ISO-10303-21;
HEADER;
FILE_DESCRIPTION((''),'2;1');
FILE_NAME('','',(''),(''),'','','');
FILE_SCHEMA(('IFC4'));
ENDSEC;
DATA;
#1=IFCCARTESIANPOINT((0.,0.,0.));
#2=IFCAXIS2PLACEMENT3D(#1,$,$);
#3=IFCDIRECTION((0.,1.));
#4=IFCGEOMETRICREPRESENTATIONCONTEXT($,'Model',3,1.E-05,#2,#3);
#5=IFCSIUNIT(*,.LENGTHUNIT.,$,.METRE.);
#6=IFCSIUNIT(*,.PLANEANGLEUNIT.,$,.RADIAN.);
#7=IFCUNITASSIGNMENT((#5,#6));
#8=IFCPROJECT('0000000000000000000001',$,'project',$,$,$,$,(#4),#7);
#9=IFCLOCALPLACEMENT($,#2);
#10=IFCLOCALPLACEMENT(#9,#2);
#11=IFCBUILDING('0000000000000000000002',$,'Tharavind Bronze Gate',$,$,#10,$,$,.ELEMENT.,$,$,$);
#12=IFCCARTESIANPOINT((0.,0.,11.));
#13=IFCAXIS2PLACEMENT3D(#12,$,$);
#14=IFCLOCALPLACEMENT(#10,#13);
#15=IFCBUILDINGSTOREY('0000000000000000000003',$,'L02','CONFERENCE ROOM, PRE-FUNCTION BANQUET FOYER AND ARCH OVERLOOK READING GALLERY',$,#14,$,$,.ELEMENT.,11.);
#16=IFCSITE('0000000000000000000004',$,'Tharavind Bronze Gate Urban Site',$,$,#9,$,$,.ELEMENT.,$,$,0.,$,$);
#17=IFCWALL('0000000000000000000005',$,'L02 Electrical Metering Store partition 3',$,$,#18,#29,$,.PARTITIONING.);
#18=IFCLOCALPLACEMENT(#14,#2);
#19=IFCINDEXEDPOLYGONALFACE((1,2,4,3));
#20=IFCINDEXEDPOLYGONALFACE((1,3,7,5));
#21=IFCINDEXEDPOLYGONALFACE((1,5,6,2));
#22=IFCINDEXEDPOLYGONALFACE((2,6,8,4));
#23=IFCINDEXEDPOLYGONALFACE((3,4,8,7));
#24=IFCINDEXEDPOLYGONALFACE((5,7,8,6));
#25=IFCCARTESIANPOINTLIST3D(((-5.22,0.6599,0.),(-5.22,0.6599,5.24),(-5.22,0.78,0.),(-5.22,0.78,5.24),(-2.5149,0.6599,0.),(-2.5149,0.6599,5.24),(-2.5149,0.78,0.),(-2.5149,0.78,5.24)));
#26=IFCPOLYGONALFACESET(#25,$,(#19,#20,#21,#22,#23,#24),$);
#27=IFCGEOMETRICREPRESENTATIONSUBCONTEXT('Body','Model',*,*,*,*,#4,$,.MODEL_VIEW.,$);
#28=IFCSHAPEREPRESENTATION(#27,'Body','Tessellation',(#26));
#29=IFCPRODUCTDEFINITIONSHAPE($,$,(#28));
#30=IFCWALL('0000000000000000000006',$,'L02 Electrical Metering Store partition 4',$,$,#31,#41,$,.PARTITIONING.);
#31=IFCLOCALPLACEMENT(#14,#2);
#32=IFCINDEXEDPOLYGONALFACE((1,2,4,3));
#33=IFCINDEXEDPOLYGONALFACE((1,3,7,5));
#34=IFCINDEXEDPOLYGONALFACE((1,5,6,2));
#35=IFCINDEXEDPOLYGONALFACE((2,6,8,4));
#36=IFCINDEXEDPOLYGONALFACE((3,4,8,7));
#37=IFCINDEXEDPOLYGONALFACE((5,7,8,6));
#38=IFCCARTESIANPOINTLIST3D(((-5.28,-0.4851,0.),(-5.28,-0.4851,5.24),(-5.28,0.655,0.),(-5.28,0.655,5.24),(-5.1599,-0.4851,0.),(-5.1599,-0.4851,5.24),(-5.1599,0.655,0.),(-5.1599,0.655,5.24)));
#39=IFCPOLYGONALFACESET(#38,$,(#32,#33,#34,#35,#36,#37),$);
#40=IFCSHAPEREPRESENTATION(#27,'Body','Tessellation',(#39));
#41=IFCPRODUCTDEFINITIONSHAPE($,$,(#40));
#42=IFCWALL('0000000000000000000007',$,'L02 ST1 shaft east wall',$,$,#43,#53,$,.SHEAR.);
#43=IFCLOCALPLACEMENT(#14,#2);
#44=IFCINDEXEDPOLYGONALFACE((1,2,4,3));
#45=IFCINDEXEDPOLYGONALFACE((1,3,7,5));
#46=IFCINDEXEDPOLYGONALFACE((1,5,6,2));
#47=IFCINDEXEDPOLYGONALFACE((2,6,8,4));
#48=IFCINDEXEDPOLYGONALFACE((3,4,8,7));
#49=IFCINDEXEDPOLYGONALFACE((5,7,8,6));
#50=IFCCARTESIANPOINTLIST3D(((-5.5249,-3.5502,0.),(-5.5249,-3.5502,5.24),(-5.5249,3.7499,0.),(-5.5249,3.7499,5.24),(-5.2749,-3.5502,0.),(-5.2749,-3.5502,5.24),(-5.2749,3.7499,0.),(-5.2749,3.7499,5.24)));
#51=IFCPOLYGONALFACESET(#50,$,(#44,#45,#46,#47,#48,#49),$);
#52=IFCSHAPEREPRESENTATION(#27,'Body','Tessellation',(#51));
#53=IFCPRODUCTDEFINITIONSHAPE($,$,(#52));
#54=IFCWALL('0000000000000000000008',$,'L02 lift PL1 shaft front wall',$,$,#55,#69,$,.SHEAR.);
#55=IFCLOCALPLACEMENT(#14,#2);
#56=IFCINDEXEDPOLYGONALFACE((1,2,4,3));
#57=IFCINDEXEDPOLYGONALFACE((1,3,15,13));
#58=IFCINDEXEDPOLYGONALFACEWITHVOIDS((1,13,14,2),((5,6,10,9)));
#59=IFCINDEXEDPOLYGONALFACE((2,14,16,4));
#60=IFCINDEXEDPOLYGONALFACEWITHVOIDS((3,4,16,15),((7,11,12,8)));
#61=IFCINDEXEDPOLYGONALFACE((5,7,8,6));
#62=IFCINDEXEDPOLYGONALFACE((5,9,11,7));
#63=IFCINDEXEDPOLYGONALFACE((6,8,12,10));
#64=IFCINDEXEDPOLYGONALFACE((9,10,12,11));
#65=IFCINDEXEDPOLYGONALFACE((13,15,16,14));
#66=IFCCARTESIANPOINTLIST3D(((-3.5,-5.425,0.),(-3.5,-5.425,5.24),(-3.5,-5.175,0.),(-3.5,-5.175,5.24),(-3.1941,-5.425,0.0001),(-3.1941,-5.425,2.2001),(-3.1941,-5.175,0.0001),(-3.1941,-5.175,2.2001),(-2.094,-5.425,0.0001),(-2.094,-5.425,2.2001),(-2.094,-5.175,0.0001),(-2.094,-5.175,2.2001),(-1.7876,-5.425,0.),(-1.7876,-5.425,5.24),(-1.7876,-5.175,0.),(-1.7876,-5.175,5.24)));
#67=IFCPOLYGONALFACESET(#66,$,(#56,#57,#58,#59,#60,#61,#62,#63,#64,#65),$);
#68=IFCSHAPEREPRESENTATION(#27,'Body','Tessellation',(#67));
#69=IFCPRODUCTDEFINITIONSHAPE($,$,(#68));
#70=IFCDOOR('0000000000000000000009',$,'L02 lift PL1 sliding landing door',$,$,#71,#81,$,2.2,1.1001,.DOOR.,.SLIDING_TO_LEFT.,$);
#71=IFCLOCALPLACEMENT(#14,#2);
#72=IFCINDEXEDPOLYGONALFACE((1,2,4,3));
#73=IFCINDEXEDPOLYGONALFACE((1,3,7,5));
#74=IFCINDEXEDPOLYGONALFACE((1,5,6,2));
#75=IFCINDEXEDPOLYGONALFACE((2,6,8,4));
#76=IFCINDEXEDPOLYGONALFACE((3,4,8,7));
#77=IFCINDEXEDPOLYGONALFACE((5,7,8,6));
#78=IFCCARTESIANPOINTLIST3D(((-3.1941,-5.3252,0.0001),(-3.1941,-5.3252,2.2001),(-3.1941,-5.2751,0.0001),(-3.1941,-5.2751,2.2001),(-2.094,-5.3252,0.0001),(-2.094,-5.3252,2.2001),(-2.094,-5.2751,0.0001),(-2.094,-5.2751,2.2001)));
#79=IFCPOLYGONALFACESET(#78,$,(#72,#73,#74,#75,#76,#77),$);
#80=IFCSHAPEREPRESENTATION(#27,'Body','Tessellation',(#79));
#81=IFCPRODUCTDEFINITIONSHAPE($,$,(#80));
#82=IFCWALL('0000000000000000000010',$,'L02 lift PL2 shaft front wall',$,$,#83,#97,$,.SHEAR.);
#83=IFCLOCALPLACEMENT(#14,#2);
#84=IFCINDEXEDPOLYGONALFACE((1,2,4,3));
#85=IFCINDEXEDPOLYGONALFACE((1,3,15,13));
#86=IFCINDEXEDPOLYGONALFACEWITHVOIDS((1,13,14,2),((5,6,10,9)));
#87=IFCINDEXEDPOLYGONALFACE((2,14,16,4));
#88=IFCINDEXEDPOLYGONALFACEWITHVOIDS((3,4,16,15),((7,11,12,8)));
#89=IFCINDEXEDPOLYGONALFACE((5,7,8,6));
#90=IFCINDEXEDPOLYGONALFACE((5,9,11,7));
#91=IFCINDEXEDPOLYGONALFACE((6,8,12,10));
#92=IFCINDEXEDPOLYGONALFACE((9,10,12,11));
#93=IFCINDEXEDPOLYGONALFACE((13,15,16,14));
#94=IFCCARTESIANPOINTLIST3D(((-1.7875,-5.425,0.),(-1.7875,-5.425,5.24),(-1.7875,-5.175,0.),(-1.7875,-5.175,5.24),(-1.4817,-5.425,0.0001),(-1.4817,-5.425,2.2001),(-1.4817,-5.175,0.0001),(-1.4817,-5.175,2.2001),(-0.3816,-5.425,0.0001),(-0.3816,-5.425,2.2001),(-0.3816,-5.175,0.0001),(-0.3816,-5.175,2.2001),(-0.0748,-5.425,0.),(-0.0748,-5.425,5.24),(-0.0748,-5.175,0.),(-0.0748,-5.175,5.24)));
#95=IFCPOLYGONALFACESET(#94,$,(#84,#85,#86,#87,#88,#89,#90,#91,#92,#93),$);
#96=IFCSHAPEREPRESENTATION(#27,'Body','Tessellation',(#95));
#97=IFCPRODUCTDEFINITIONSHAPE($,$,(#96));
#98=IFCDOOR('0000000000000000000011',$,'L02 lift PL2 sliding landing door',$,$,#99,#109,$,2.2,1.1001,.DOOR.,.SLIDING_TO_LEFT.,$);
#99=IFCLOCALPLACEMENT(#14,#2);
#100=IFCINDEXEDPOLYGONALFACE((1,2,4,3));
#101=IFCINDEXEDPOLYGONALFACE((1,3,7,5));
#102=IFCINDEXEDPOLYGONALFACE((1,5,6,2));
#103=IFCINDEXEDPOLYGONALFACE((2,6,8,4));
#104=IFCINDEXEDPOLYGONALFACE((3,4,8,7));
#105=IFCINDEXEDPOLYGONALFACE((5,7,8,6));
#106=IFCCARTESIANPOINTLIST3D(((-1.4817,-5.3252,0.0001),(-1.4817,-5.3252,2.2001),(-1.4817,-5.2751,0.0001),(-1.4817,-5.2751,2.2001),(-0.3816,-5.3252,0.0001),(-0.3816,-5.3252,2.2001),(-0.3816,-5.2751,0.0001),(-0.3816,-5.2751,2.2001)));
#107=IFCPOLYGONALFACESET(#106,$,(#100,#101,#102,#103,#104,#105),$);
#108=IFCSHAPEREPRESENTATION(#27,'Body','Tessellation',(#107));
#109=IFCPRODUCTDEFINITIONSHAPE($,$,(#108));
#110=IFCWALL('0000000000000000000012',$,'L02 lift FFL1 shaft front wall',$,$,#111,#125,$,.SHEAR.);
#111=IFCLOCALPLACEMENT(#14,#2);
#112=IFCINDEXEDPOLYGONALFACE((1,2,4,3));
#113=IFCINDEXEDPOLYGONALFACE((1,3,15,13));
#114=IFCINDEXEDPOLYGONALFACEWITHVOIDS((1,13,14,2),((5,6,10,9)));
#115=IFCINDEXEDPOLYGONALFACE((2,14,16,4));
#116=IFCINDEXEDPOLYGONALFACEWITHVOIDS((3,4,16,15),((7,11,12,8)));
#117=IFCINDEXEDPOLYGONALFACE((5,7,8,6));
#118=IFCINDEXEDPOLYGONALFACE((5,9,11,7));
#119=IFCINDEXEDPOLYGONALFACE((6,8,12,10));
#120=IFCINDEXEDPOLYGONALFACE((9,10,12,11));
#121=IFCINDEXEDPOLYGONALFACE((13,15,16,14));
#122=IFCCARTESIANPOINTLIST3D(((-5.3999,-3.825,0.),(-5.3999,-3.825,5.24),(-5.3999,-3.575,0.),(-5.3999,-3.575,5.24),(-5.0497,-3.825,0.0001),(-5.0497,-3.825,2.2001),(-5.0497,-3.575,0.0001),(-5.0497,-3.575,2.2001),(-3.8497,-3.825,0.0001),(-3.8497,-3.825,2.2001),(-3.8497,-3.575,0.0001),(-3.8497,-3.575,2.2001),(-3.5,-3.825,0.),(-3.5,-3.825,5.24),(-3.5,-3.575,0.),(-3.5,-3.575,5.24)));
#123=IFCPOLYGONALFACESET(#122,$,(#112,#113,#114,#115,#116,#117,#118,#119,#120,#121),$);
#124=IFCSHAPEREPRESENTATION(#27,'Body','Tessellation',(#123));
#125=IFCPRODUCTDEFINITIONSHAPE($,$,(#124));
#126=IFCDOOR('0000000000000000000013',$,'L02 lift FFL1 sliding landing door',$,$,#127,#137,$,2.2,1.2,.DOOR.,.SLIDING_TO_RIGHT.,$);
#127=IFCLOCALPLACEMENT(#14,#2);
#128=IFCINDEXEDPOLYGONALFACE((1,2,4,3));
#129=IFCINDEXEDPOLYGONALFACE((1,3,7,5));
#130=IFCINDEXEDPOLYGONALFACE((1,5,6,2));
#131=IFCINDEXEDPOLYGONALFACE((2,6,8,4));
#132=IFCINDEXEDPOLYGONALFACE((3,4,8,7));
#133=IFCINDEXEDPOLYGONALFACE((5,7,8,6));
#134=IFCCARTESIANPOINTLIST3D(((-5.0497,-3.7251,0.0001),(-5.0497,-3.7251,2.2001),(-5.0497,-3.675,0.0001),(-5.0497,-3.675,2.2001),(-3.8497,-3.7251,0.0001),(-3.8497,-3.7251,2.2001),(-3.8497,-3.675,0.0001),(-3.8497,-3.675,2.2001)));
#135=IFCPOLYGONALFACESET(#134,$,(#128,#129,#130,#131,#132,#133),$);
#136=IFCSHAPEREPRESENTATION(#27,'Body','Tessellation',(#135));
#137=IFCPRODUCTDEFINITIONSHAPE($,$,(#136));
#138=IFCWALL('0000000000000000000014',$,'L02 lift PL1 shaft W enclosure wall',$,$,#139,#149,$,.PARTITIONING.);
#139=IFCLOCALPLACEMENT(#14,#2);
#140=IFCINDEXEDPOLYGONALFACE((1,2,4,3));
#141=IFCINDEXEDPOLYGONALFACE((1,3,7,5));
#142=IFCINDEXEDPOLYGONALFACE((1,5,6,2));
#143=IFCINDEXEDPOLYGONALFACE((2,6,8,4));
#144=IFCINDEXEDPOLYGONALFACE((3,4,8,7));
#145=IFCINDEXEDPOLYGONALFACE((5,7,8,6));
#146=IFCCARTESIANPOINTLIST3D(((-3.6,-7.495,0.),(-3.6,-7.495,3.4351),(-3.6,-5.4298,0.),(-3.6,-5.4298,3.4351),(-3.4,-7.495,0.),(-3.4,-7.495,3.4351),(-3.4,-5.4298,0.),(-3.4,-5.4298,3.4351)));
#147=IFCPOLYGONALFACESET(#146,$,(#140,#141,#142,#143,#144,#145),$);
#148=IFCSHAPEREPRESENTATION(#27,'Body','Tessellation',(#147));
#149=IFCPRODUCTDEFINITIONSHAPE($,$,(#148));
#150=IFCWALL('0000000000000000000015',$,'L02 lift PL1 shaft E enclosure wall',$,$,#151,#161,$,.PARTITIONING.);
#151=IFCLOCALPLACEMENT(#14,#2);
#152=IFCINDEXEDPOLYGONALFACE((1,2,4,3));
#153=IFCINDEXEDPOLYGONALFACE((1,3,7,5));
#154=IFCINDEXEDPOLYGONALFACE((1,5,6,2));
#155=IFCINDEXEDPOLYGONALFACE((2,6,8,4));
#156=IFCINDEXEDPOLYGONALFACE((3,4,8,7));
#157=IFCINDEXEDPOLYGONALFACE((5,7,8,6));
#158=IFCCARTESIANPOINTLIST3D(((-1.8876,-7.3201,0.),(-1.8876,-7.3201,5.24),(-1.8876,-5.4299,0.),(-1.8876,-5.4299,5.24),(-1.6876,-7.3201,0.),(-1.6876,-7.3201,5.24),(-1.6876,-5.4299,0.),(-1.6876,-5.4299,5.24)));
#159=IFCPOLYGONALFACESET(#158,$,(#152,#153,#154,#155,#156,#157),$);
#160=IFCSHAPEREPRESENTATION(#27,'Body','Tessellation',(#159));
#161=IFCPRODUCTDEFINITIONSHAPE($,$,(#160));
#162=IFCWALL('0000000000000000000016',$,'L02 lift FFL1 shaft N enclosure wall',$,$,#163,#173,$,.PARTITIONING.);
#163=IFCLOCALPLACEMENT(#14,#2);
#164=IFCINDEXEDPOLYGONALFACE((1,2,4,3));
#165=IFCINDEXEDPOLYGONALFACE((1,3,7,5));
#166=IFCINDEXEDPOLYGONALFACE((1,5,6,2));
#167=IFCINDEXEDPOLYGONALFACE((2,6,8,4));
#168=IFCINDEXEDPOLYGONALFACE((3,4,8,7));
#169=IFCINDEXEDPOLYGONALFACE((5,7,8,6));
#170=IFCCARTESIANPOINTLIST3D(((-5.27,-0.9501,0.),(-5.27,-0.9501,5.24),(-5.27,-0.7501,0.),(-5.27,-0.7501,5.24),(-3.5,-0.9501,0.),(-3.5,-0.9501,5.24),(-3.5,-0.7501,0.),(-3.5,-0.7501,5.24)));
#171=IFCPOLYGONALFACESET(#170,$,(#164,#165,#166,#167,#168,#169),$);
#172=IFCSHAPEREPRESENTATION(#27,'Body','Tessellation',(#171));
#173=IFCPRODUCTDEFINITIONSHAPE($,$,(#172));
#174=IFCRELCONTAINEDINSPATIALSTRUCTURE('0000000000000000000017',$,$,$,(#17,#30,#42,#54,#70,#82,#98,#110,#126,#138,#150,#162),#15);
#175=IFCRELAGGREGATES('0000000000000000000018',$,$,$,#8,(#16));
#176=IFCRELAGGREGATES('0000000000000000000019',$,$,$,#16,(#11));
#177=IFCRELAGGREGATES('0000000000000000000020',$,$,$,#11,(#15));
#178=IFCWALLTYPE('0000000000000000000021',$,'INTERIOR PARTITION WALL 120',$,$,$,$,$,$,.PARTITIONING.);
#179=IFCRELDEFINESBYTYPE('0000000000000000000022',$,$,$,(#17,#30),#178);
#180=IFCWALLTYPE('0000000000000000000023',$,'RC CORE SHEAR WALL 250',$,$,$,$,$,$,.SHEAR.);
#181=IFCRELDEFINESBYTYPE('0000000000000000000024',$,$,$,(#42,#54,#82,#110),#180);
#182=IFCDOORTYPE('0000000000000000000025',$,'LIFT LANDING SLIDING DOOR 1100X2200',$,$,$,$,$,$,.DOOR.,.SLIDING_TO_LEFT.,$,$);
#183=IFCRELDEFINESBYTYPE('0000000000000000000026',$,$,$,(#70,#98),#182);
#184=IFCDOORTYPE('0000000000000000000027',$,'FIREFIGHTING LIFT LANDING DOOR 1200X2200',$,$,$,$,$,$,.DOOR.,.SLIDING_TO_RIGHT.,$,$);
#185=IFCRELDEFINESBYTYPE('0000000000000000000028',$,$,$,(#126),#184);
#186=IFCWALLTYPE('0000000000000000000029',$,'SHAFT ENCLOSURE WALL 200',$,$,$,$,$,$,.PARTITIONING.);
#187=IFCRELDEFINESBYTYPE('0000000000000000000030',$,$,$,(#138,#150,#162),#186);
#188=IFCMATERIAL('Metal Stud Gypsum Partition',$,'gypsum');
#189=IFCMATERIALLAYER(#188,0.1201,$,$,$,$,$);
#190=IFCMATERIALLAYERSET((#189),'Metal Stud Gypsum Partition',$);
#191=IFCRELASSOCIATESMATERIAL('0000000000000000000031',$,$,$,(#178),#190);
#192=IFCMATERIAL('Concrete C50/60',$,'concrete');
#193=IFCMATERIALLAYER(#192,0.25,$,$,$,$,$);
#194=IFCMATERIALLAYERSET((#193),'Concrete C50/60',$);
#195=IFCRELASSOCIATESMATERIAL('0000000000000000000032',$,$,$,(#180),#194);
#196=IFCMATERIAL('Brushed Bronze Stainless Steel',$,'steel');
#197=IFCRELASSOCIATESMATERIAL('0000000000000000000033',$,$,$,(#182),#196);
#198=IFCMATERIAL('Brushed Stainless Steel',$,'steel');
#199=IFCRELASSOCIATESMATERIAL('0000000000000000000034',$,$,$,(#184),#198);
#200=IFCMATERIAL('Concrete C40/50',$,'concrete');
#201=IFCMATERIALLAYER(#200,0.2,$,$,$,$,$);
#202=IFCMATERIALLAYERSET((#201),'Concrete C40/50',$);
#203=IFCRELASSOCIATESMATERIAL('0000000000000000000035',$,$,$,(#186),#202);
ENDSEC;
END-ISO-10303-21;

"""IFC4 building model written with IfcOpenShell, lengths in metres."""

from ifc_helpers import new_model, si_unit, direction, frame, frame_2d, origin, place, context, subcontext, project, spatial, rectangle, extrude, material, layer, layer_set, type_object, element, fill, save


model = new_model("IFC4")

# Units and contexts
model_context = context("Model", 3, precision=1e-05, world=origin(), true_north=direction((0.0, 1.0)))
body_context = subcontext(model_context, "Body", "Model", "MODEL_VIEW")
ifc_project = project(units=[si_unit("LENGTHUNIT", "METRE"), si_unit("PLANEANGLEUNIT", "RADIAN")], contexts=[model_context])

# Site, building, storey
site_placement = place(None, origin())
site = spatial("IfcSite", under=ifc_project, at=site_placement, Name="Tharavind Bronze Gate Urban Site", CompositionType="ELEMENT", RefElevation=0.0)
building_placement = place(site_placement, origin())
building = spatial("IfcBuilding", under=site, at=building_placement, Name="Tharavind Bronze Gate", CompositionType="ELEMENT")
storey_placement = place(building_placement, frame((0.0, 0.0, 11.0)))
storey = spatial("IfcBuildingStorey", under=building, at=storey_placement, Name="L02", Description="CONFERENCE ROOM, PRE-FUNCTION BANQUET FOYER AND ARCH OVERLOOK READING GALLERY", CompositionType="ELEMENT", Elevation=11.0)

# Shared definitions
ifc_material_1 = material(Name="Metal Stud Gypsum Partition", Category="gypsum")
ifc_layer_1 = layer(ifc_material_1, 0.1201)
ifc_layer_set_1 = layer_set([ifc_layer_1], Name="Metal Stud Gypsum Partition")
wall_type_1 = type_object("IfcWallType", Name="INTERIOR PARTITION WALL 120", PredefinedType="PARTITIONING", material=ifc_layer_set_1)

# Walls
wall_1_placement = place(storey_placement, frame((-2.5149, 0.72, 0.0), z_axis=(0.0, 0.0, 1.0), x_axis=(-1.0, 0.0, 0.0)))
element("IfcWall", 1, at=wall_1_placement, inside=storey, type_object=wall_type_1, Name="L02 Electrical Metering Store partition 3", PredefinedType="PARTITIONING", context=body_context, shape_type="SweptSolid", body=[
    extrude(rectangle(XDim=2.7051, YDim=0.1201, at=frame_2d((1.3525, 0.0))), origin(), (0.0, 0.0, 1.0), 5.24),
])
wall_2_placement = place(storey_placement, frame((-5.22, 0.655, 0.0), z_axis=(0.0, 0.0, 1.0), x_axis=(0.0, -1.0, 0.0)))
element("IfcWall", 2, at=wall_2_placement, inside=storey, type_object=wall_type_1, Name="L02 Electrical Metering Store partition 4", PredefinedType="PARTITIONING", context=body_context, shape_type="SweptSolid", body=[
    extrude(rectangle(XDim=1.1401, YDim=0.1201, at=frame_2d((0.5701, 0.0))), origin(), (0.0, 0.0, 1.0), 5.24),
])
ifc_material_2 = material(Name="Concrete C50/60", Category="concrete")
ifc_layer_2 = layer(ifc_material_2, 0.25)
ifc_layer_set_2 = layer_set([ifc_layer_2], Name="Concrete C50/60")
wall_type_2 = type_object("IfcWallType", Name="RC CORE SHEAR WALL 250", PredefinedType="SHEAR", material=ifc_layer_set_2)
wall_3_placement = place(storey_placement, frame((-5.3999, -3.55, 0.0), z_axis=(0.0, 0.0, 1.0), x_axis=(0.0, 1.0, 0.0)))
element("IfcWall", 3, at=wall_3_placement, inside=storey, type_object=wall_type_2, Name="L02 ST1 shaft east wall", PredefinedType="SHEAR", context=body_context, shape_type="SweptSolid", body=[
    extrude(rectangle(XDim=7.3, YDim=0.25, at=frame_2d((3.6499, 0.0))), origin(), (0.0, 0.0, 1.0), 5.24),
])

# Walls, openings, doors
wall_4_placement = place(storey_placement, frame((-3.5, -5.3, 0.0), z_axis=(0.0, 0.0, 1.0), x_axis=(1.0, 0.0, 0.0)))
wall_4 = element("IfcWall", 4, at=wall_4_placement, inside=storey, type_object=wall_type_2, Name="L02 lift PL1 shaft front wall", PredefinedType="SHEAR", context=body_context, shape_type="SweptSolid", body=[
    extrude(rectangle(XDim=1.7124, YDim=0.25, at=frame_2d((0.8562, 0.0))), origin(), (0.0, 0.0, 1.0), 5.24),
])
opening_1_placement = place(wall_4_placement, frame((0.3059, 0.0, 0.0)))
opening_1 = element("IfcOpeningElement", 5, at=opening_1_placement, cuts=wall_4, PredefinedType="OPENING", context=body_context, shape_type="SweptSolid", body=[
    extrude(rectangle(XDim=1.1001, YDim=2.2, at=frame_2d((0.55, 1.1001))), frame((0.0, 0.135, 0.0), z_axis=(0.0, -1.0, 0.0), x_axis=(1.0, 0.0, 0.0)), (0.0, 0.0, 1.0), 0.27),
])
ifc_material_3 = material(Name="Brushed Bronze Stainless Steel", Category="steel")
door_type_1 = type_object("IfcDoorType", Name="LIFT LANDING SLIDING DOOR 1100X2200", OperationType="SLIDING_TO_LEFT", PredefinedType="DOOR", material=ifc_material_3)
door_1_placement = place(opening_1_placement, origin())
door_1 = element("IfcDoor", 6, at=door_1_placement, inside=storey, type_object=door_type_1, Name="L02 lift PL1 sliding landing door", OperationType="SLIDING_TO_LEFT", OverallHeight=2.2, OverallWidth=1.1001, PredefinedType="DOOR", context=body_context, shape_type="SweptSolid", body=[
    extrude(rectangle(XDim=1.1001, YDim=2.2, at=frame_2d((0.55, 1.1001))), frame((0.0, 0.0249, 0.0), z_axis=(0.0, -1.0, 0.0), x_axis=(1.0, 0.0, 0.0)), (0.0, 0.0, 1.0), 0.05),
])
fill(opening_1, door_1)
wall_5_placement = place(storey_placement, frame((-1.7876, -5.3, 0.0), z_axis=(0.0, 0.0, 1.0), x_axis=(1.0, 0.0, 0.0)))
wall_5 = element("IfcWall", 7, at=wall_5_placement, inside=storey, type_object=wall_type_2, Name="L02 lift PL2 shaft front wall", PredefinedType="SHEAR", context=body_context, shape_type="SweptSolid", body=[
    extrude(rectangle(XDim=1.7126, YDim=0.25, at=frame_2d((0.8564, 0.0))), origin(), (0.0, 0.0, 1.0), 5.24),
])
opening_2_placement = place(wall_5_placement, frame((0.3059, 0.0, 0.0)))
opening_2 = element("IfcOpeningElement", 8, at=opening_2_placement, cuts=wall_5, PredefinedType="OPENING", context=body_context, shape_type="SweptSolid", body=[
    extrude(rectangle(XDim=1.1001, YDim=2.2, at=frame_2d((0.55, 1.1001))), frame((0.0, 0.135, 0.0), z_axis=(0.0, -1.0, 0.0), x_axis=(1.0, 0.0, 0.0)), (0.0, 0.0, 1.0), 0.27),
])
door_2_placement = place(opening_2_placement, origin())
door_2 = element("IfcDoor", 9, at=door_2_placement, inside=storey, type_object=door_type_1, Name="L02 lift PL2 sliding landing door", OperationType="SLIDING_TO_LEFT", OverallHeight=2.2, OverallWidth=1.1001, PredefinedType="DOOR", context=body_context, shape_type="SweptSolid", body=[
    extrude(rectangle(XDim=1.1001, YDim=2.2, at=frame_2d((0.55, 1.1001))), frame((0.0, 0.0249, 0.0), z_axis=(0.0, -1.0, 0.0), x_axis=(1.0, 0.0, 0.0)), (0.0, 0.0, 1.0), 0.05),
])
fill(opening_2, door_2)
wall_6_placement = place(storey_placement, frame((-5.3999, -3.7, 0.0), z_axis=(0.0, 0.0, 1.0), x_axis=(1.0, 0.0, 0.0)))
wall_6 = element("IfcWall", 10, at=wall_6_placement, inside=storey, type_object=wall_type_2, Name="L02 lift FFL1 shaft front wall", PredefinedType="SHEAR", context=body_context, shape_type="SweptSolid", body=[
    extrude(rectangle(XDim=1.8999, YDim=0.25, at=frame_2d((0.95, 0.0))), origin(), (0.0, 0.0, 1.0), 5.24),
])
opening_3_placement = place(wall_6_placement, frame((0.3501, 0.0, 0.0)))
opening_3 = element("IfcOpeningElement", 11, at=opening_3_placement, cuts=wall_6, PredefinedType="OPENING", context=body_context, shape_type="SweptSolid", body=[
    extrude(rectangle(XDim=1.2, YDim=2.2, at=frame_2d((0.6001, 1.1001))), frame((0.0, 0.135, 0.0), z_axis=(0.0, -1.0, 0.0), x_axis=(1.0, 0.0, 0.0)), (0.0, 0.0, 1.0), 0.27),
])
ifc_material_4 = material(Name="Brushed Stainless Steel", Category="steel")
door_type_2 = type_object("IfcDoorType", Name="FIREFIGHTING LIFT LANDING DOOR 1200X2200", OperationType="SLIDING_TO_RIGHT", PredefinedType="DOOR", material=ifc_material_4)
door_3_placement = place(opening_3_placement, origin())
door_3 = element("IfcDoor", 12, at=door_3_placement, inside=storey, type_object=door_type_2, Name="L02 lift FFL1 sliding landing door", OperationType="SLIDING_TO_RIGHT", OverallHeight=2.2, OverallWidth=1.2, PredefinedType="DOOR", context=body_context, shape_type="SweptSolid", body=[
    extrude(rectangle(XDim=1.2, YDim=2.2, at=frame_2d((0.6001, 1.1001))), frame((0.0, 0.0249, 0.0), z_axis=(0.0, -1.0, 0.0), x_axis=(1.0, 0.0, 0.0)), (0.0, 0.0, 1.0), 0.05),
])
fill(opening_3, door_3)

# Walls
ifc_material_5 = material(Name="Concrete C40/50", Category="concrete")
ifc_layer_3 = layer(ifc_material_5, 0.2)
ifc_layer_set_3 = layer_set([ifc_layer_3], Name="Concrete C40/50")
wall_type_3 = type_object("IfcWallType", Name="SHAFT ENCLOSURE WALL 200", PredefinedType="PARTITIONING", material=ifc_layer_set_3)
wall_7_placement = place(storey_placement, frame((-3.5, -7.4951, 0.0), z_axis=(0.0, 0.0, 1.0), x_axis=(0.0, 1.0, 0.0)))
element("IfcWall", 13, at=wall_7_placement, inside=storey, type_object=wall_type_3, Name="L02 lift PL1 shaft W enclosure wall", PredefinedType="PARTITIONING", context=body_context, shape_type="SweptSolid", body=[
    extrude(rectangle(XDim=2.0652, YDim=0.2, at=frame_2d((1.0327, 0.0))), origin(), (0.0, 0.0, 1.0), 3.4351),
])
wall_8_placement = place(storey_placement, frame((-1.7876, -7.3201, 0.0), z_axis=(0.0, 0.0, 1.0), x_axis=(0.0, 1.0, 0.0)))
element("IfcWall", 14, at=wall_8_placement, inside=storey, type_object=wall_type_3, Name="L02 lift PL1 shaft E enclosure wall", PredefinedType="PARTITIONING", context=body_context, shape_type="SweptSolid", body=[
    extrude(rectangle(XDim=1.8901, YDim=0.2, at=frame_2d((0.9451, 0.0))), origin(), (0.0, 0.0, 1.0), 5.24),
])
wall_9_placement = place(storey_placement, frame((-5.27, -0.8501, 0.0), z_axis=(0.0, 0.0, 1.0), x_axis=(1.0, 0.0, 0.0)))
element("IfcWall", 15, at=wall_9_placement, inside=storey, type_object=wall_type_3, Name="L02 lift FFL1 shaft N enclosure wall", PredefinedType="PARTITIONING", context=body_context, shape_type="SweptSolid", body=[
    extrude(rectangle(XDim=1.77, YDim=0.2, at=frame_2d((0.885, 0.0))), origin(), (0.0, 0.0, 1.0), 5.24),
])

save(model, "model.ifc")
